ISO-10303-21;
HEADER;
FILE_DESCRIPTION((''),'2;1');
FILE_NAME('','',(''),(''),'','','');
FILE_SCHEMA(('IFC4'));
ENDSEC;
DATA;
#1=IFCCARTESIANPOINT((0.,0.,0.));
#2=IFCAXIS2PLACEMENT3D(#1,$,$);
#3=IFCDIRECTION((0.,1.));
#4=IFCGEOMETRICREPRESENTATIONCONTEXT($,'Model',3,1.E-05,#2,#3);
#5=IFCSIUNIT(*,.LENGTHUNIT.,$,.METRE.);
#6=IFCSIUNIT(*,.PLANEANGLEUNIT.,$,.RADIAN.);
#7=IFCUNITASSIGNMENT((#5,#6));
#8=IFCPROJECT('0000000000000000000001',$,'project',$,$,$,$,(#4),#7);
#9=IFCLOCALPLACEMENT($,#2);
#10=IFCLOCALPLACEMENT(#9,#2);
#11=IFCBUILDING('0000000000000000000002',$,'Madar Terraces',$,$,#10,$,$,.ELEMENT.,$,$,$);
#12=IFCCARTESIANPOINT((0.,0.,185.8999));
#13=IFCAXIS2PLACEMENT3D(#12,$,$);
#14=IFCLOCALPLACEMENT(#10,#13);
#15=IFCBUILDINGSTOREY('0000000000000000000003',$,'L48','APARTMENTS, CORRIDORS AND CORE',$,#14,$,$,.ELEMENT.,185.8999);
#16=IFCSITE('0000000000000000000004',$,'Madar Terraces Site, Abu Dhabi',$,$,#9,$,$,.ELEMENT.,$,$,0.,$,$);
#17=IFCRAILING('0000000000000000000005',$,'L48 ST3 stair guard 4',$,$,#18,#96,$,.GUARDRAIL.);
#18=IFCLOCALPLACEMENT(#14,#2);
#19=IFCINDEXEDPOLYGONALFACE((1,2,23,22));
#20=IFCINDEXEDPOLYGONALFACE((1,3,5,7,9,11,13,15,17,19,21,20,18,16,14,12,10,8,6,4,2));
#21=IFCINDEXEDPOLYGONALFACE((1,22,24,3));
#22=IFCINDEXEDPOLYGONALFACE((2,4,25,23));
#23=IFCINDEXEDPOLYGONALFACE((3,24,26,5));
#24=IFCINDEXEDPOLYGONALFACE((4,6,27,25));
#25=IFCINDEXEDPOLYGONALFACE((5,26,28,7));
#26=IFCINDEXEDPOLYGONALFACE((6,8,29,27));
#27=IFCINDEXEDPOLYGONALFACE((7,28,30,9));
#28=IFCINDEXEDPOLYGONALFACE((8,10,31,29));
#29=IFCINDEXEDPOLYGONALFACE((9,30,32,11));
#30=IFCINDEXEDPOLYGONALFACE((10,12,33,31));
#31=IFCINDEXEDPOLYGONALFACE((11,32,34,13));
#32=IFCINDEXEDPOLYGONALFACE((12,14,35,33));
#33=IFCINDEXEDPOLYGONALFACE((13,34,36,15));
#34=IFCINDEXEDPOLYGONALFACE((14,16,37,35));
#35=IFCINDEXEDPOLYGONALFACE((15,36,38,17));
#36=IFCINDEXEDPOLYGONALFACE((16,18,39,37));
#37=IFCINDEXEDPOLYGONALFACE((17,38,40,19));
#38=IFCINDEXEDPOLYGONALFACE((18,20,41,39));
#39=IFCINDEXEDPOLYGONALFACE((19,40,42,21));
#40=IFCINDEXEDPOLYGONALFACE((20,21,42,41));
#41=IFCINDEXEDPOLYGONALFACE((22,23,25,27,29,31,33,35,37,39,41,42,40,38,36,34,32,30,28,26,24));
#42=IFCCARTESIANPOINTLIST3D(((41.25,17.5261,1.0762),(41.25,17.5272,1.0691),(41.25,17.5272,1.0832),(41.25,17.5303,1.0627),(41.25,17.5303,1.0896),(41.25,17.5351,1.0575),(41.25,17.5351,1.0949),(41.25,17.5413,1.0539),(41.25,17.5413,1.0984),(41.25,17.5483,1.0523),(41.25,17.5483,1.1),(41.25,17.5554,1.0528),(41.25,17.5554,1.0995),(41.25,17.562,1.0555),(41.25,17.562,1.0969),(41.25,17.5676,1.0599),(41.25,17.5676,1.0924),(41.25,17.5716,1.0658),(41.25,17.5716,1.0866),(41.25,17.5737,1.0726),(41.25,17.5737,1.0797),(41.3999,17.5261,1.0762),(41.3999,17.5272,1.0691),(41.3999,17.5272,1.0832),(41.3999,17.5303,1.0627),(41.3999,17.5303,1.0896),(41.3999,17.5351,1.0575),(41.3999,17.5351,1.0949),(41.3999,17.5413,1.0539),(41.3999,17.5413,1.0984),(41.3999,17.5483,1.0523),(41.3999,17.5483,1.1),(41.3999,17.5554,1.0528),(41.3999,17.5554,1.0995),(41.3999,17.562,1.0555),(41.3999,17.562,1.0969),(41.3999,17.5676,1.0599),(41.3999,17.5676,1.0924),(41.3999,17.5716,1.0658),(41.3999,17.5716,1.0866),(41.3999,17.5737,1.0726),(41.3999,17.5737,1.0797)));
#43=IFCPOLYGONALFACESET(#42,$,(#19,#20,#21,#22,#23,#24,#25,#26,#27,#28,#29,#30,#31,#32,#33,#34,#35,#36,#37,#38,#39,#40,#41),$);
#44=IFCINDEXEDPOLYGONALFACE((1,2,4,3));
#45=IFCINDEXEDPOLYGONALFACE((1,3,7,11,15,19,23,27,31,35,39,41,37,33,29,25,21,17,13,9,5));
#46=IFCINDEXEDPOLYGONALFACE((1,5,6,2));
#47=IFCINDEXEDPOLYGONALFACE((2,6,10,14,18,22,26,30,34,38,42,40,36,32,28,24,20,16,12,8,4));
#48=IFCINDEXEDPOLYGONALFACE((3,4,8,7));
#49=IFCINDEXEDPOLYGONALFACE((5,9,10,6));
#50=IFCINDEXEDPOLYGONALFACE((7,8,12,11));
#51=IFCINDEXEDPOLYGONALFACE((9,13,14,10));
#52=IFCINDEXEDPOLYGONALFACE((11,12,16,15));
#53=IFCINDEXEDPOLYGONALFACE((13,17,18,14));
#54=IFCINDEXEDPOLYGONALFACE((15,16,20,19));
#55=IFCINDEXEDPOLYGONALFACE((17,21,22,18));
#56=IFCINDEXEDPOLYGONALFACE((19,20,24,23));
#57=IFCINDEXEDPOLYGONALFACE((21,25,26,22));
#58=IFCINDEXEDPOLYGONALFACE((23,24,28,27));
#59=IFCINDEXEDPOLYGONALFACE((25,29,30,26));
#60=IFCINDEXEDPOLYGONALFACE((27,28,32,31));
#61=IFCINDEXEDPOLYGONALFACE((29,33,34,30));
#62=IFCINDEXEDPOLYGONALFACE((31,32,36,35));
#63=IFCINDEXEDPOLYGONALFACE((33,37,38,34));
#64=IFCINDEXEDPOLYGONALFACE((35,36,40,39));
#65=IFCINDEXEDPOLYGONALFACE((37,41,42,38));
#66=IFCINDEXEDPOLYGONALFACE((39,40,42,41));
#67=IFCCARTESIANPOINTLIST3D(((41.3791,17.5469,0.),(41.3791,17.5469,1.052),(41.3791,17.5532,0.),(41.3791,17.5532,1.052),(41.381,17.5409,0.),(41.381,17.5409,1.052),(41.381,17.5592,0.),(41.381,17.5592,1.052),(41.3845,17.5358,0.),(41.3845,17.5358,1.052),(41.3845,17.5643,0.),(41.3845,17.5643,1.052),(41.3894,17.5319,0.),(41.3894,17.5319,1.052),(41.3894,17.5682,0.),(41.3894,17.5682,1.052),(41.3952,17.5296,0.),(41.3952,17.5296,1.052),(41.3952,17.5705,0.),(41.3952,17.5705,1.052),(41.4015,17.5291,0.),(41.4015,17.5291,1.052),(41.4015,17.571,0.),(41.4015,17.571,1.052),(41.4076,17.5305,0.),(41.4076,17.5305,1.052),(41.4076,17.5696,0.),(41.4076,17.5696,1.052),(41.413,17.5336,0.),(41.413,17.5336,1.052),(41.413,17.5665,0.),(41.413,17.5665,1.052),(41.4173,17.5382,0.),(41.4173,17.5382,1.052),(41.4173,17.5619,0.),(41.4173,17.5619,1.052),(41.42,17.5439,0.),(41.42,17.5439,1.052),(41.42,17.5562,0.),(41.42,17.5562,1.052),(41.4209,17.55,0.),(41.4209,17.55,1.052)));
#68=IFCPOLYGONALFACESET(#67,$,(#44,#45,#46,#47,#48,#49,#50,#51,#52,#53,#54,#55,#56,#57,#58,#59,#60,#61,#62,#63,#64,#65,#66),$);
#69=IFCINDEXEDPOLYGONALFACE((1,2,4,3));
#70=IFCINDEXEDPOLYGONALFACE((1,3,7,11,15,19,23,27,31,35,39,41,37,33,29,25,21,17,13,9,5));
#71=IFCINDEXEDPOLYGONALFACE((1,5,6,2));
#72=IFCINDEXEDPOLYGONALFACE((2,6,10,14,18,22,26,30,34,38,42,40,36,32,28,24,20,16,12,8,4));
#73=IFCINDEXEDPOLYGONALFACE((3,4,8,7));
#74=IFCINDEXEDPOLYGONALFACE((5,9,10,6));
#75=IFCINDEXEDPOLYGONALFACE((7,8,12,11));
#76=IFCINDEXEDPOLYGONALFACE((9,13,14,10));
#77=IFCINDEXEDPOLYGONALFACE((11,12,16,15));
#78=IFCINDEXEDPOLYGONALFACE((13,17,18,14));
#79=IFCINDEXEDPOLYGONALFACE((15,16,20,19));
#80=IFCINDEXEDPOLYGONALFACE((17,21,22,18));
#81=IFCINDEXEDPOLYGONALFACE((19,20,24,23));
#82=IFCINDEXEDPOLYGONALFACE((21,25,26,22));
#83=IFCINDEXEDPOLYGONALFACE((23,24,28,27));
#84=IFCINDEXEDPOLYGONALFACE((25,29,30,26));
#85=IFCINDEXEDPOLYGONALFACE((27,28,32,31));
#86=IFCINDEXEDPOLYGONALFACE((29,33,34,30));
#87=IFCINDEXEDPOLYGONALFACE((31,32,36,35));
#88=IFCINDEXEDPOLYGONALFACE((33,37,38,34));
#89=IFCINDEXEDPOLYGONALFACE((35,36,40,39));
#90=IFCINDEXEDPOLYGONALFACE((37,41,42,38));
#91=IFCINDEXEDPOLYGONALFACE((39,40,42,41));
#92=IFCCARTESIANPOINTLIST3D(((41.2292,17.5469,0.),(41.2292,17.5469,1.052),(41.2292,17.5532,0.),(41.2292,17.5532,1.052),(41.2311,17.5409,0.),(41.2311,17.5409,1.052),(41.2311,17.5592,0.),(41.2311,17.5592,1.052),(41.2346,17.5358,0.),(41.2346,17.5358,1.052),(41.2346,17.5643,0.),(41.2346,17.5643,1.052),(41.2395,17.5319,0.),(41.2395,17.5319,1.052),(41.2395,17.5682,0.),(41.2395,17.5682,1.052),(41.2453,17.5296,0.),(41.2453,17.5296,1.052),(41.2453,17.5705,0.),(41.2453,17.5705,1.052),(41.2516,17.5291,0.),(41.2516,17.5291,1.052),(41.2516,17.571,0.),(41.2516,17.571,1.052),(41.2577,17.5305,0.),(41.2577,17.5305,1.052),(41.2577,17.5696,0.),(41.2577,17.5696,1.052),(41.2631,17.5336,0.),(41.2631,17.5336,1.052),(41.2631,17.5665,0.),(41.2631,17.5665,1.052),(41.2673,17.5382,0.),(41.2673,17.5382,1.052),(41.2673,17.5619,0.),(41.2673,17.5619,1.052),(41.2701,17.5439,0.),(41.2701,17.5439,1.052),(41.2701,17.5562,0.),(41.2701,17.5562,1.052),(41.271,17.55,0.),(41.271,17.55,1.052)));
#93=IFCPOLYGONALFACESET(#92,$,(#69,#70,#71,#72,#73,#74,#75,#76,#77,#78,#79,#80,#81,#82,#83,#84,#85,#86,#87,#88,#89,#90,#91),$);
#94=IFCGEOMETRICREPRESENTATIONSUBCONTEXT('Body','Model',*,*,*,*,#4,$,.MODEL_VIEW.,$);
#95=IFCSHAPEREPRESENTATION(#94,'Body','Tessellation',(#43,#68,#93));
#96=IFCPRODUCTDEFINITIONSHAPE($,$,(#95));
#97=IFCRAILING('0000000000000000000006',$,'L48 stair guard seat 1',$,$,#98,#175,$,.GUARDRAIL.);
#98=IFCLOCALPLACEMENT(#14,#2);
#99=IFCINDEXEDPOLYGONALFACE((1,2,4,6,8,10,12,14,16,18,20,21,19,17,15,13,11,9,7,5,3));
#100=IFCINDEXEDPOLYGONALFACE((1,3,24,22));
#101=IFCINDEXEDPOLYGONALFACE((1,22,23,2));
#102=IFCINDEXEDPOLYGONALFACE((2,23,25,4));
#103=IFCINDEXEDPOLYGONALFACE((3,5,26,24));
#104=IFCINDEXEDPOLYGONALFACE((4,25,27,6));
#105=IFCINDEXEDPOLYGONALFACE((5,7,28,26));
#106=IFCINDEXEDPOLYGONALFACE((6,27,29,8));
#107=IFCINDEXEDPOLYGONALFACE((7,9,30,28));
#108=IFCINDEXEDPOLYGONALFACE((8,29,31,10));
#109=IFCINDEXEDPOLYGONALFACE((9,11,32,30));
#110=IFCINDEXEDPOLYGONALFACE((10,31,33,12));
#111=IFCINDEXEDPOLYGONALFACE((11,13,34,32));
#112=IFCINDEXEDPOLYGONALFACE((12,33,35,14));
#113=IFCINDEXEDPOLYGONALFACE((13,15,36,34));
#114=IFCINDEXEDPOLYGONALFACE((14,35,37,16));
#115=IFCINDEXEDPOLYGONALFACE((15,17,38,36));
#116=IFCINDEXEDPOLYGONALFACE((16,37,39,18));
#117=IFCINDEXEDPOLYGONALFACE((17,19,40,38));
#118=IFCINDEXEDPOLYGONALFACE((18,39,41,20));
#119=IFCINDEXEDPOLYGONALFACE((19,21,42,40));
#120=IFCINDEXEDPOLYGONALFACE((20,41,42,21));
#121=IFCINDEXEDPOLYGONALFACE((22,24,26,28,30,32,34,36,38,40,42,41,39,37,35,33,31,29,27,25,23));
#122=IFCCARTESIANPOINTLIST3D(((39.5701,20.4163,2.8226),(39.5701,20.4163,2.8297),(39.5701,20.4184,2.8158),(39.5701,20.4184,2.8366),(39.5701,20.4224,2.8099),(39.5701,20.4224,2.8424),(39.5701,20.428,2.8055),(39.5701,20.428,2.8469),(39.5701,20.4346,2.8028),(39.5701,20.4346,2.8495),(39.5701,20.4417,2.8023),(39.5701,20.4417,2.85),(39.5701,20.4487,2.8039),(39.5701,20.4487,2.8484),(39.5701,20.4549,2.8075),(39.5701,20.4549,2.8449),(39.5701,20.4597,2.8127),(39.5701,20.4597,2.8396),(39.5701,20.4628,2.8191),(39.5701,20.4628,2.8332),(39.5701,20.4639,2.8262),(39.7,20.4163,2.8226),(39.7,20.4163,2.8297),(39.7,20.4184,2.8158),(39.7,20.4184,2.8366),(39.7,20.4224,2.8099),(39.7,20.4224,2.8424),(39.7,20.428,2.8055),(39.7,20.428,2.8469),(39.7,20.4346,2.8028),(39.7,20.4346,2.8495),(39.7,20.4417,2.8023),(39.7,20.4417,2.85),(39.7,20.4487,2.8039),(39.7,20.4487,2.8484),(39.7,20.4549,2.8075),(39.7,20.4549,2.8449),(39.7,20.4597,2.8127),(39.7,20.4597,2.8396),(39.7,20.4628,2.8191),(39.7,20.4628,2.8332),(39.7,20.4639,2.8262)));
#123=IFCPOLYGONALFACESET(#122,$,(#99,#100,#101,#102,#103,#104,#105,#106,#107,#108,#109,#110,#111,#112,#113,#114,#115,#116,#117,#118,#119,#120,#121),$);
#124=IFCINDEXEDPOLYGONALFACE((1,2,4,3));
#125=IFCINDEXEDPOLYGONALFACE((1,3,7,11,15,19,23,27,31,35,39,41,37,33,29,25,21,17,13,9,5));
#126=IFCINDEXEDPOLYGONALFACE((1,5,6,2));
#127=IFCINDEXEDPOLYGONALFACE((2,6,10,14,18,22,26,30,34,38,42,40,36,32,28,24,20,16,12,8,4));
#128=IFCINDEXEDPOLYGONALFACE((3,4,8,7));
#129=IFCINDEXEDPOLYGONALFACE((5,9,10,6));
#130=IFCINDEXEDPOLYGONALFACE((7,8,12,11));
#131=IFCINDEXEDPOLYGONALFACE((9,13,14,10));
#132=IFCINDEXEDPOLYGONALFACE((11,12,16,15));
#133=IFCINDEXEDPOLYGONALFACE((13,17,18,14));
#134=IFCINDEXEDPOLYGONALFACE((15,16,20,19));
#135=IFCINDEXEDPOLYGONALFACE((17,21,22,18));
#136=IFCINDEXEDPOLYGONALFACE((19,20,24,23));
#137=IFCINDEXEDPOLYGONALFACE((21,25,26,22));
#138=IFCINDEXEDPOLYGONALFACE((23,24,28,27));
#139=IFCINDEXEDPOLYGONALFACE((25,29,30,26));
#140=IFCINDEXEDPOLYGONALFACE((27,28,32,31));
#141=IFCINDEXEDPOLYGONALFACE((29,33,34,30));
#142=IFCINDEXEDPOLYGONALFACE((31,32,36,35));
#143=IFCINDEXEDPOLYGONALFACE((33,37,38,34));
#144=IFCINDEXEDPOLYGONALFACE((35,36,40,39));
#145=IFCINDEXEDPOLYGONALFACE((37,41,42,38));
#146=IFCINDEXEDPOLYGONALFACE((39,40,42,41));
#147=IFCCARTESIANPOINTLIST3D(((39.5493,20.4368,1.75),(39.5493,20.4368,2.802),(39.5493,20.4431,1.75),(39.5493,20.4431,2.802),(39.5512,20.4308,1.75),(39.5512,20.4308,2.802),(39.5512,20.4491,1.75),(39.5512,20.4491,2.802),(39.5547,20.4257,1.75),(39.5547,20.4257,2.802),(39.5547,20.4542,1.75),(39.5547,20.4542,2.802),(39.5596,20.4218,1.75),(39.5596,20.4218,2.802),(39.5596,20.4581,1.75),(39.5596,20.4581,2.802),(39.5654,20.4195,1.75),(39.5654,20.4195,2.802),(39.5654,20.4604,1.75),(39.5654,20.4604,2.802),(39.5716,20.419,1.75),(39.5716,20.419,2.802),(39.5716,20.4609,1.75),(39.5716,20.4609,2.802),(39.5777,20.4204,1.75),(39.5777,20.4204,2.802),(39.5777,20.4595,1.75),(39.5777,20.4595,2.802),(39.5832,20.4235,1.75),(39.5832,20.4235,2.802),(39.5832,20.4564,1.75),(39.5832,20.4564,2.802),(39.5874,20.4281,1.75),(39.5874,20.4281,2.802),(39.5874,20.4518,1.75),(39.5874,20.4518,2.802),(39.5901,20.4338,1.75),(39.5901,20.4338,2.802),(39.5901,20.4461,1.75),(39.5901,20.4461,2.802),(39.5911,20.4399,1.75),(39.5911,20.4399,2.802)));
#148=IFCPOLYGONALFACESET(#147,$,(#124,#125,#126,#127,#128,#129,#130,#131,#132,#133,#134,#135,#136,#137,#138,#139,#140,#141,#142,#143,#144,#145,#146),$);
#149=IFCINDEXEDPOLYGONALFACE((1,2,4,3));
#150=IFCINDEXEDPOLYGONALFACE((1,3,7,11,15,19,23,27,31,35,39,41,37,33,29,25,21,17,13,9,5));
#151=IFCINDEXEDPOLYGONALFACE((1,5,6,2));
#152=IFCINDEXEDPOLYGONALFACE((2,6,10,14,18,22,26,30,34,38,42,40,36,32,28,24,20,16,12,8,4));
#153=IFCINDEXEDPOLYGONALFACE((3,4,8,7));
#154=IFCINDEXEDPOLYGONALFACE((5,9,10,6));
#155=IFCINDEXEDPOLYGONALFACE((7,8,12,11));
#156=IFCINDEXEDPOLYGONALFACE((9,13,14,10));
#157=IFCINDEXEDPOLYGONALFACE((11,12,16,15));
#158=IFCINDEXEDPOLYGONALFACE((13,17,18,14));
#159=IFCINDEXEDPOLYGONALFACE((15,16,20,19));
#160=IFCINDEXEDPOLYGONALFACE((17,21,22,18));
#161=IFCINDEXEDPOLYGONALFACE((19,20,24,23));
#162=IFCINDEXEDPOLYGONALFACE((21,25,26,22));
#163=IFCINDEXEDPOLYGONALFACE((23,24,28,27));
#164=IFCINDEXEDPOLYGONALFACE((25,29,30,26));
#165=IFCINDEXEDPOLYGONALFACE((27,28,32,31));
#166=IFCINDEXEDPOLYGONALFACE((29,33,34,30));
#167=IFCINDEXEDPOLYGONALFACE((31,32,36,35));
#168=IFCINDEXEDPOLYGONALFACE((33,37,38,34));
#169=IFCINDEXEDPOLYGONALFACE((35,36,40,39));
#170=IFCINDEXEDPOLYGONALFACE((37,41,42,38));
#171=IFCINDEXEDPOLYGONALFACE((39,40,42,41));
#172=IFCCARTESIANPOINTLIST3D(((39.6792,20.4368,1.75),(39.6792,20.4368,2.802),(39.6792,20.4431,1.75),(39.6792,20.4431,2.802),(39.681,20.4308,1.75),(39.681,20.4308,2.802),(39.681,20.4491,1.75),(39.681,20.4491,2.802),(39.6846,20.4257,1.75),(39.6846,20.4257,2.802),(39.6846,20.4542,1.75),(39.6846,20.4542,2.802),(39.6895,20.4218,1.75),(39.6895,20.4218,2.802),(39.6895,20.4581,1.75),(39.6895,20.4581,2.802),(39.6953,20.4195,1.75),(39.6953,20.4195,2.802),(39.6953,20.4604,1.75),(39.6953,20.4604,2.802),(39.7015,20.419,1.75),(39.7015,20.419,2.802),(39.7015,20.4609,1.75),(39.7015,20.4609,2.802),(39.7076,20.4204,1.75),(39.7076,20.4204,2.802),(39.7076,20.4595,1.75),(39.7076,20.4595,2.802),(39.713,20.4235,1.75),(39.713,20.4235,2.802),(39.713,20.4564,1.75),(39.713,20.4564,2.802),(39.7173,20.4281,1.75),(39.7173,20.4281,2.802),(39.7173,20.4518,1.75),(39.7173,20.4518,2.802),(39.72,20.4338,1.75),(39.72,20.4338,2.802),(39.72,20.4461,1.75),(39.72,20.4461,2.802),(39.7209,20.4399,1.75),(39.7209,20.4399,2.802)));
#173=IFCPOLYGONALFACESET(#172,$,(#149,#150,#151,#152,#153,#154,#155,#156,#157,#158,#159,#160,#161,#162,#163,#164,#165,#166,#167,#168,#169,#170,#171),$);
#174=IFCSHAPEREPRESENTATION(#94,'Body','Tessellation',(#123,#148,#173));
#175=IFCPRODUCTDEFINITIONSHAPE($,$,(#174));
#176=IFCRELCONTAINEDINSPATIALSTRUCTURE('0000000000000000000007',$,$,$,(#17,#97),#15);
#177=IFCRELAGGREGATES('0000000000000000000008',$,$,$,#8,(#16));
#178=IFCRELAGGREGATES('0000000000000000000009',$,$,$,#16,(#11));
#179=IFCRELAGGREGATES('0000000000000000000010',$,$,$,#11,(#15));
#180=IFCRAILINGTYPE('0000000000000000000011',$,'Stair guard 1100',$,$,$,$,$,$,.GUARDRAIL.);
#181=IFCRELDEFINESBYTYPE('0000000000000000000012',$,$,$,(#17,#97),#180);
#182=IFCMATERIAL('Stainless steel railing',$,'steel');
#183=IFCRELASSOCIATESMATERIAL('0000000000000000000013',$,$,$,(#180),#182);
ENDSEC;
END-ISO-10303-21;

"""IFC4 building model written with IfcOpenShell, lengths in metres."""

from ifc_helpers import new_model, si_unit, direction, frame, origin, origin_2d, place, context, subcontext, project, spatial, circle, extrude, material, type_object, element, save


model = new_model("IFC4")

# Units and contexts
model_context = context("Model", 3, precision=1e-05, world=origin(), true_north=direction((0.0, 1.0)))
body_context = subcontext(model_context, "Body", "Model", "MODEL_VIEW")
ifc_project = project(units=[si_unit("LENGTHUNIT", "METRE"), si_unit("PLANEANGLEUNIT", "RADIAN")], contexts=[model_context])

# Site, building, storey
site_placement = place(None, origin())
site = spatial("IfcSite", under=ifc_project, at=site_placement, Name="Madar Terraces Site, Abu Dhabi", CompositionType="ELEMENT", RefElevation=0.0)
building_placement = place(site_placement, origin())
building = spatial("IfcBuilding", under=site, at=building_placement, Name="Madar Terraces", CompositionType="ELEMENT")
storey_placement = place(building_placement, frame((0.0, 0.0, 185.8999)))
storey = spatial("IfcBuildingStorey", under=building, at=storey_placement, Name="L48", Description="APARTMENTS, CORRIDORS AND CORE", CompositionType="ELEMENT", Elevation=185.8999)

# Railings
ifc_material_1 = material(Name="Stainless steel railing", Category="steel")
railing_type_1 = type_object("IfcRailingType", Name="Stair guard 1100", PredefinedType="GUARDRAIL", material=ifc_material_1)
railing_1_placement = place(storey_placement, frame((41.3999, 17.55, 0.0)))
element("IfcRailing", 1, at=railing_1_placement, inside=storey, type_object=railing_type_1, Name="L48 ST3 stair guard 4", PredefinedType="GUARDRAIL", context=body_context, shape_type="SweptSolid", body=[
    extrude(circle(Radius=0.0239, at=origin_2d()), frame((0.0, 0.0, 1.0762), z_axis=(-1.0, 0.0, 0.0), x_axis=(0.0, -1.0, 0.0)), (0.0, 0.0, 1.0), 0.1499),
    extrude(circle(Radius=0.021, at=origin_2d()), origin(), (0.0, 0.0, 1.0), 1.052),
    extrude(circle(Radius=0.021, at=origin_2d()), frame((-0.1499, 0.0, 0.0)), (0.0, 0.0, 1.0), 1.052),
])
railing_2_placement = place(storey_placement, frame((39.5701, 20.4399, 1.75)))
element("IfcRailing", 2, at=railing_2_placement, inside=storey, type_object=railing_type_1, Name="L48 stair guard seat 1", PredefinedType="GUARDRAIL", context=body_context, shape_type="SweptSolid", body=[
    extrude(circle(Radius=0.0239, at=origin_2d()), frame((0.0, 0.0, 1.0762), z_axis=(1.0, 0.0, 0.0), x_axis=(0.0, 1.0, 0.0)), (0.0, 0.0, 1.0), 0.1299),
    extrude(circle(Radius=0.021, at=origin_2d()), origin(), (0.0, 0.0, 1.0), 1.052),
    extrude(circle(Radius=0.021, at=origin_2d()), frame((0.1299, 0.0, 0.0)), (0.0, 0.0, 1.0), 1.052),
])

save(model, "model.ifc")
